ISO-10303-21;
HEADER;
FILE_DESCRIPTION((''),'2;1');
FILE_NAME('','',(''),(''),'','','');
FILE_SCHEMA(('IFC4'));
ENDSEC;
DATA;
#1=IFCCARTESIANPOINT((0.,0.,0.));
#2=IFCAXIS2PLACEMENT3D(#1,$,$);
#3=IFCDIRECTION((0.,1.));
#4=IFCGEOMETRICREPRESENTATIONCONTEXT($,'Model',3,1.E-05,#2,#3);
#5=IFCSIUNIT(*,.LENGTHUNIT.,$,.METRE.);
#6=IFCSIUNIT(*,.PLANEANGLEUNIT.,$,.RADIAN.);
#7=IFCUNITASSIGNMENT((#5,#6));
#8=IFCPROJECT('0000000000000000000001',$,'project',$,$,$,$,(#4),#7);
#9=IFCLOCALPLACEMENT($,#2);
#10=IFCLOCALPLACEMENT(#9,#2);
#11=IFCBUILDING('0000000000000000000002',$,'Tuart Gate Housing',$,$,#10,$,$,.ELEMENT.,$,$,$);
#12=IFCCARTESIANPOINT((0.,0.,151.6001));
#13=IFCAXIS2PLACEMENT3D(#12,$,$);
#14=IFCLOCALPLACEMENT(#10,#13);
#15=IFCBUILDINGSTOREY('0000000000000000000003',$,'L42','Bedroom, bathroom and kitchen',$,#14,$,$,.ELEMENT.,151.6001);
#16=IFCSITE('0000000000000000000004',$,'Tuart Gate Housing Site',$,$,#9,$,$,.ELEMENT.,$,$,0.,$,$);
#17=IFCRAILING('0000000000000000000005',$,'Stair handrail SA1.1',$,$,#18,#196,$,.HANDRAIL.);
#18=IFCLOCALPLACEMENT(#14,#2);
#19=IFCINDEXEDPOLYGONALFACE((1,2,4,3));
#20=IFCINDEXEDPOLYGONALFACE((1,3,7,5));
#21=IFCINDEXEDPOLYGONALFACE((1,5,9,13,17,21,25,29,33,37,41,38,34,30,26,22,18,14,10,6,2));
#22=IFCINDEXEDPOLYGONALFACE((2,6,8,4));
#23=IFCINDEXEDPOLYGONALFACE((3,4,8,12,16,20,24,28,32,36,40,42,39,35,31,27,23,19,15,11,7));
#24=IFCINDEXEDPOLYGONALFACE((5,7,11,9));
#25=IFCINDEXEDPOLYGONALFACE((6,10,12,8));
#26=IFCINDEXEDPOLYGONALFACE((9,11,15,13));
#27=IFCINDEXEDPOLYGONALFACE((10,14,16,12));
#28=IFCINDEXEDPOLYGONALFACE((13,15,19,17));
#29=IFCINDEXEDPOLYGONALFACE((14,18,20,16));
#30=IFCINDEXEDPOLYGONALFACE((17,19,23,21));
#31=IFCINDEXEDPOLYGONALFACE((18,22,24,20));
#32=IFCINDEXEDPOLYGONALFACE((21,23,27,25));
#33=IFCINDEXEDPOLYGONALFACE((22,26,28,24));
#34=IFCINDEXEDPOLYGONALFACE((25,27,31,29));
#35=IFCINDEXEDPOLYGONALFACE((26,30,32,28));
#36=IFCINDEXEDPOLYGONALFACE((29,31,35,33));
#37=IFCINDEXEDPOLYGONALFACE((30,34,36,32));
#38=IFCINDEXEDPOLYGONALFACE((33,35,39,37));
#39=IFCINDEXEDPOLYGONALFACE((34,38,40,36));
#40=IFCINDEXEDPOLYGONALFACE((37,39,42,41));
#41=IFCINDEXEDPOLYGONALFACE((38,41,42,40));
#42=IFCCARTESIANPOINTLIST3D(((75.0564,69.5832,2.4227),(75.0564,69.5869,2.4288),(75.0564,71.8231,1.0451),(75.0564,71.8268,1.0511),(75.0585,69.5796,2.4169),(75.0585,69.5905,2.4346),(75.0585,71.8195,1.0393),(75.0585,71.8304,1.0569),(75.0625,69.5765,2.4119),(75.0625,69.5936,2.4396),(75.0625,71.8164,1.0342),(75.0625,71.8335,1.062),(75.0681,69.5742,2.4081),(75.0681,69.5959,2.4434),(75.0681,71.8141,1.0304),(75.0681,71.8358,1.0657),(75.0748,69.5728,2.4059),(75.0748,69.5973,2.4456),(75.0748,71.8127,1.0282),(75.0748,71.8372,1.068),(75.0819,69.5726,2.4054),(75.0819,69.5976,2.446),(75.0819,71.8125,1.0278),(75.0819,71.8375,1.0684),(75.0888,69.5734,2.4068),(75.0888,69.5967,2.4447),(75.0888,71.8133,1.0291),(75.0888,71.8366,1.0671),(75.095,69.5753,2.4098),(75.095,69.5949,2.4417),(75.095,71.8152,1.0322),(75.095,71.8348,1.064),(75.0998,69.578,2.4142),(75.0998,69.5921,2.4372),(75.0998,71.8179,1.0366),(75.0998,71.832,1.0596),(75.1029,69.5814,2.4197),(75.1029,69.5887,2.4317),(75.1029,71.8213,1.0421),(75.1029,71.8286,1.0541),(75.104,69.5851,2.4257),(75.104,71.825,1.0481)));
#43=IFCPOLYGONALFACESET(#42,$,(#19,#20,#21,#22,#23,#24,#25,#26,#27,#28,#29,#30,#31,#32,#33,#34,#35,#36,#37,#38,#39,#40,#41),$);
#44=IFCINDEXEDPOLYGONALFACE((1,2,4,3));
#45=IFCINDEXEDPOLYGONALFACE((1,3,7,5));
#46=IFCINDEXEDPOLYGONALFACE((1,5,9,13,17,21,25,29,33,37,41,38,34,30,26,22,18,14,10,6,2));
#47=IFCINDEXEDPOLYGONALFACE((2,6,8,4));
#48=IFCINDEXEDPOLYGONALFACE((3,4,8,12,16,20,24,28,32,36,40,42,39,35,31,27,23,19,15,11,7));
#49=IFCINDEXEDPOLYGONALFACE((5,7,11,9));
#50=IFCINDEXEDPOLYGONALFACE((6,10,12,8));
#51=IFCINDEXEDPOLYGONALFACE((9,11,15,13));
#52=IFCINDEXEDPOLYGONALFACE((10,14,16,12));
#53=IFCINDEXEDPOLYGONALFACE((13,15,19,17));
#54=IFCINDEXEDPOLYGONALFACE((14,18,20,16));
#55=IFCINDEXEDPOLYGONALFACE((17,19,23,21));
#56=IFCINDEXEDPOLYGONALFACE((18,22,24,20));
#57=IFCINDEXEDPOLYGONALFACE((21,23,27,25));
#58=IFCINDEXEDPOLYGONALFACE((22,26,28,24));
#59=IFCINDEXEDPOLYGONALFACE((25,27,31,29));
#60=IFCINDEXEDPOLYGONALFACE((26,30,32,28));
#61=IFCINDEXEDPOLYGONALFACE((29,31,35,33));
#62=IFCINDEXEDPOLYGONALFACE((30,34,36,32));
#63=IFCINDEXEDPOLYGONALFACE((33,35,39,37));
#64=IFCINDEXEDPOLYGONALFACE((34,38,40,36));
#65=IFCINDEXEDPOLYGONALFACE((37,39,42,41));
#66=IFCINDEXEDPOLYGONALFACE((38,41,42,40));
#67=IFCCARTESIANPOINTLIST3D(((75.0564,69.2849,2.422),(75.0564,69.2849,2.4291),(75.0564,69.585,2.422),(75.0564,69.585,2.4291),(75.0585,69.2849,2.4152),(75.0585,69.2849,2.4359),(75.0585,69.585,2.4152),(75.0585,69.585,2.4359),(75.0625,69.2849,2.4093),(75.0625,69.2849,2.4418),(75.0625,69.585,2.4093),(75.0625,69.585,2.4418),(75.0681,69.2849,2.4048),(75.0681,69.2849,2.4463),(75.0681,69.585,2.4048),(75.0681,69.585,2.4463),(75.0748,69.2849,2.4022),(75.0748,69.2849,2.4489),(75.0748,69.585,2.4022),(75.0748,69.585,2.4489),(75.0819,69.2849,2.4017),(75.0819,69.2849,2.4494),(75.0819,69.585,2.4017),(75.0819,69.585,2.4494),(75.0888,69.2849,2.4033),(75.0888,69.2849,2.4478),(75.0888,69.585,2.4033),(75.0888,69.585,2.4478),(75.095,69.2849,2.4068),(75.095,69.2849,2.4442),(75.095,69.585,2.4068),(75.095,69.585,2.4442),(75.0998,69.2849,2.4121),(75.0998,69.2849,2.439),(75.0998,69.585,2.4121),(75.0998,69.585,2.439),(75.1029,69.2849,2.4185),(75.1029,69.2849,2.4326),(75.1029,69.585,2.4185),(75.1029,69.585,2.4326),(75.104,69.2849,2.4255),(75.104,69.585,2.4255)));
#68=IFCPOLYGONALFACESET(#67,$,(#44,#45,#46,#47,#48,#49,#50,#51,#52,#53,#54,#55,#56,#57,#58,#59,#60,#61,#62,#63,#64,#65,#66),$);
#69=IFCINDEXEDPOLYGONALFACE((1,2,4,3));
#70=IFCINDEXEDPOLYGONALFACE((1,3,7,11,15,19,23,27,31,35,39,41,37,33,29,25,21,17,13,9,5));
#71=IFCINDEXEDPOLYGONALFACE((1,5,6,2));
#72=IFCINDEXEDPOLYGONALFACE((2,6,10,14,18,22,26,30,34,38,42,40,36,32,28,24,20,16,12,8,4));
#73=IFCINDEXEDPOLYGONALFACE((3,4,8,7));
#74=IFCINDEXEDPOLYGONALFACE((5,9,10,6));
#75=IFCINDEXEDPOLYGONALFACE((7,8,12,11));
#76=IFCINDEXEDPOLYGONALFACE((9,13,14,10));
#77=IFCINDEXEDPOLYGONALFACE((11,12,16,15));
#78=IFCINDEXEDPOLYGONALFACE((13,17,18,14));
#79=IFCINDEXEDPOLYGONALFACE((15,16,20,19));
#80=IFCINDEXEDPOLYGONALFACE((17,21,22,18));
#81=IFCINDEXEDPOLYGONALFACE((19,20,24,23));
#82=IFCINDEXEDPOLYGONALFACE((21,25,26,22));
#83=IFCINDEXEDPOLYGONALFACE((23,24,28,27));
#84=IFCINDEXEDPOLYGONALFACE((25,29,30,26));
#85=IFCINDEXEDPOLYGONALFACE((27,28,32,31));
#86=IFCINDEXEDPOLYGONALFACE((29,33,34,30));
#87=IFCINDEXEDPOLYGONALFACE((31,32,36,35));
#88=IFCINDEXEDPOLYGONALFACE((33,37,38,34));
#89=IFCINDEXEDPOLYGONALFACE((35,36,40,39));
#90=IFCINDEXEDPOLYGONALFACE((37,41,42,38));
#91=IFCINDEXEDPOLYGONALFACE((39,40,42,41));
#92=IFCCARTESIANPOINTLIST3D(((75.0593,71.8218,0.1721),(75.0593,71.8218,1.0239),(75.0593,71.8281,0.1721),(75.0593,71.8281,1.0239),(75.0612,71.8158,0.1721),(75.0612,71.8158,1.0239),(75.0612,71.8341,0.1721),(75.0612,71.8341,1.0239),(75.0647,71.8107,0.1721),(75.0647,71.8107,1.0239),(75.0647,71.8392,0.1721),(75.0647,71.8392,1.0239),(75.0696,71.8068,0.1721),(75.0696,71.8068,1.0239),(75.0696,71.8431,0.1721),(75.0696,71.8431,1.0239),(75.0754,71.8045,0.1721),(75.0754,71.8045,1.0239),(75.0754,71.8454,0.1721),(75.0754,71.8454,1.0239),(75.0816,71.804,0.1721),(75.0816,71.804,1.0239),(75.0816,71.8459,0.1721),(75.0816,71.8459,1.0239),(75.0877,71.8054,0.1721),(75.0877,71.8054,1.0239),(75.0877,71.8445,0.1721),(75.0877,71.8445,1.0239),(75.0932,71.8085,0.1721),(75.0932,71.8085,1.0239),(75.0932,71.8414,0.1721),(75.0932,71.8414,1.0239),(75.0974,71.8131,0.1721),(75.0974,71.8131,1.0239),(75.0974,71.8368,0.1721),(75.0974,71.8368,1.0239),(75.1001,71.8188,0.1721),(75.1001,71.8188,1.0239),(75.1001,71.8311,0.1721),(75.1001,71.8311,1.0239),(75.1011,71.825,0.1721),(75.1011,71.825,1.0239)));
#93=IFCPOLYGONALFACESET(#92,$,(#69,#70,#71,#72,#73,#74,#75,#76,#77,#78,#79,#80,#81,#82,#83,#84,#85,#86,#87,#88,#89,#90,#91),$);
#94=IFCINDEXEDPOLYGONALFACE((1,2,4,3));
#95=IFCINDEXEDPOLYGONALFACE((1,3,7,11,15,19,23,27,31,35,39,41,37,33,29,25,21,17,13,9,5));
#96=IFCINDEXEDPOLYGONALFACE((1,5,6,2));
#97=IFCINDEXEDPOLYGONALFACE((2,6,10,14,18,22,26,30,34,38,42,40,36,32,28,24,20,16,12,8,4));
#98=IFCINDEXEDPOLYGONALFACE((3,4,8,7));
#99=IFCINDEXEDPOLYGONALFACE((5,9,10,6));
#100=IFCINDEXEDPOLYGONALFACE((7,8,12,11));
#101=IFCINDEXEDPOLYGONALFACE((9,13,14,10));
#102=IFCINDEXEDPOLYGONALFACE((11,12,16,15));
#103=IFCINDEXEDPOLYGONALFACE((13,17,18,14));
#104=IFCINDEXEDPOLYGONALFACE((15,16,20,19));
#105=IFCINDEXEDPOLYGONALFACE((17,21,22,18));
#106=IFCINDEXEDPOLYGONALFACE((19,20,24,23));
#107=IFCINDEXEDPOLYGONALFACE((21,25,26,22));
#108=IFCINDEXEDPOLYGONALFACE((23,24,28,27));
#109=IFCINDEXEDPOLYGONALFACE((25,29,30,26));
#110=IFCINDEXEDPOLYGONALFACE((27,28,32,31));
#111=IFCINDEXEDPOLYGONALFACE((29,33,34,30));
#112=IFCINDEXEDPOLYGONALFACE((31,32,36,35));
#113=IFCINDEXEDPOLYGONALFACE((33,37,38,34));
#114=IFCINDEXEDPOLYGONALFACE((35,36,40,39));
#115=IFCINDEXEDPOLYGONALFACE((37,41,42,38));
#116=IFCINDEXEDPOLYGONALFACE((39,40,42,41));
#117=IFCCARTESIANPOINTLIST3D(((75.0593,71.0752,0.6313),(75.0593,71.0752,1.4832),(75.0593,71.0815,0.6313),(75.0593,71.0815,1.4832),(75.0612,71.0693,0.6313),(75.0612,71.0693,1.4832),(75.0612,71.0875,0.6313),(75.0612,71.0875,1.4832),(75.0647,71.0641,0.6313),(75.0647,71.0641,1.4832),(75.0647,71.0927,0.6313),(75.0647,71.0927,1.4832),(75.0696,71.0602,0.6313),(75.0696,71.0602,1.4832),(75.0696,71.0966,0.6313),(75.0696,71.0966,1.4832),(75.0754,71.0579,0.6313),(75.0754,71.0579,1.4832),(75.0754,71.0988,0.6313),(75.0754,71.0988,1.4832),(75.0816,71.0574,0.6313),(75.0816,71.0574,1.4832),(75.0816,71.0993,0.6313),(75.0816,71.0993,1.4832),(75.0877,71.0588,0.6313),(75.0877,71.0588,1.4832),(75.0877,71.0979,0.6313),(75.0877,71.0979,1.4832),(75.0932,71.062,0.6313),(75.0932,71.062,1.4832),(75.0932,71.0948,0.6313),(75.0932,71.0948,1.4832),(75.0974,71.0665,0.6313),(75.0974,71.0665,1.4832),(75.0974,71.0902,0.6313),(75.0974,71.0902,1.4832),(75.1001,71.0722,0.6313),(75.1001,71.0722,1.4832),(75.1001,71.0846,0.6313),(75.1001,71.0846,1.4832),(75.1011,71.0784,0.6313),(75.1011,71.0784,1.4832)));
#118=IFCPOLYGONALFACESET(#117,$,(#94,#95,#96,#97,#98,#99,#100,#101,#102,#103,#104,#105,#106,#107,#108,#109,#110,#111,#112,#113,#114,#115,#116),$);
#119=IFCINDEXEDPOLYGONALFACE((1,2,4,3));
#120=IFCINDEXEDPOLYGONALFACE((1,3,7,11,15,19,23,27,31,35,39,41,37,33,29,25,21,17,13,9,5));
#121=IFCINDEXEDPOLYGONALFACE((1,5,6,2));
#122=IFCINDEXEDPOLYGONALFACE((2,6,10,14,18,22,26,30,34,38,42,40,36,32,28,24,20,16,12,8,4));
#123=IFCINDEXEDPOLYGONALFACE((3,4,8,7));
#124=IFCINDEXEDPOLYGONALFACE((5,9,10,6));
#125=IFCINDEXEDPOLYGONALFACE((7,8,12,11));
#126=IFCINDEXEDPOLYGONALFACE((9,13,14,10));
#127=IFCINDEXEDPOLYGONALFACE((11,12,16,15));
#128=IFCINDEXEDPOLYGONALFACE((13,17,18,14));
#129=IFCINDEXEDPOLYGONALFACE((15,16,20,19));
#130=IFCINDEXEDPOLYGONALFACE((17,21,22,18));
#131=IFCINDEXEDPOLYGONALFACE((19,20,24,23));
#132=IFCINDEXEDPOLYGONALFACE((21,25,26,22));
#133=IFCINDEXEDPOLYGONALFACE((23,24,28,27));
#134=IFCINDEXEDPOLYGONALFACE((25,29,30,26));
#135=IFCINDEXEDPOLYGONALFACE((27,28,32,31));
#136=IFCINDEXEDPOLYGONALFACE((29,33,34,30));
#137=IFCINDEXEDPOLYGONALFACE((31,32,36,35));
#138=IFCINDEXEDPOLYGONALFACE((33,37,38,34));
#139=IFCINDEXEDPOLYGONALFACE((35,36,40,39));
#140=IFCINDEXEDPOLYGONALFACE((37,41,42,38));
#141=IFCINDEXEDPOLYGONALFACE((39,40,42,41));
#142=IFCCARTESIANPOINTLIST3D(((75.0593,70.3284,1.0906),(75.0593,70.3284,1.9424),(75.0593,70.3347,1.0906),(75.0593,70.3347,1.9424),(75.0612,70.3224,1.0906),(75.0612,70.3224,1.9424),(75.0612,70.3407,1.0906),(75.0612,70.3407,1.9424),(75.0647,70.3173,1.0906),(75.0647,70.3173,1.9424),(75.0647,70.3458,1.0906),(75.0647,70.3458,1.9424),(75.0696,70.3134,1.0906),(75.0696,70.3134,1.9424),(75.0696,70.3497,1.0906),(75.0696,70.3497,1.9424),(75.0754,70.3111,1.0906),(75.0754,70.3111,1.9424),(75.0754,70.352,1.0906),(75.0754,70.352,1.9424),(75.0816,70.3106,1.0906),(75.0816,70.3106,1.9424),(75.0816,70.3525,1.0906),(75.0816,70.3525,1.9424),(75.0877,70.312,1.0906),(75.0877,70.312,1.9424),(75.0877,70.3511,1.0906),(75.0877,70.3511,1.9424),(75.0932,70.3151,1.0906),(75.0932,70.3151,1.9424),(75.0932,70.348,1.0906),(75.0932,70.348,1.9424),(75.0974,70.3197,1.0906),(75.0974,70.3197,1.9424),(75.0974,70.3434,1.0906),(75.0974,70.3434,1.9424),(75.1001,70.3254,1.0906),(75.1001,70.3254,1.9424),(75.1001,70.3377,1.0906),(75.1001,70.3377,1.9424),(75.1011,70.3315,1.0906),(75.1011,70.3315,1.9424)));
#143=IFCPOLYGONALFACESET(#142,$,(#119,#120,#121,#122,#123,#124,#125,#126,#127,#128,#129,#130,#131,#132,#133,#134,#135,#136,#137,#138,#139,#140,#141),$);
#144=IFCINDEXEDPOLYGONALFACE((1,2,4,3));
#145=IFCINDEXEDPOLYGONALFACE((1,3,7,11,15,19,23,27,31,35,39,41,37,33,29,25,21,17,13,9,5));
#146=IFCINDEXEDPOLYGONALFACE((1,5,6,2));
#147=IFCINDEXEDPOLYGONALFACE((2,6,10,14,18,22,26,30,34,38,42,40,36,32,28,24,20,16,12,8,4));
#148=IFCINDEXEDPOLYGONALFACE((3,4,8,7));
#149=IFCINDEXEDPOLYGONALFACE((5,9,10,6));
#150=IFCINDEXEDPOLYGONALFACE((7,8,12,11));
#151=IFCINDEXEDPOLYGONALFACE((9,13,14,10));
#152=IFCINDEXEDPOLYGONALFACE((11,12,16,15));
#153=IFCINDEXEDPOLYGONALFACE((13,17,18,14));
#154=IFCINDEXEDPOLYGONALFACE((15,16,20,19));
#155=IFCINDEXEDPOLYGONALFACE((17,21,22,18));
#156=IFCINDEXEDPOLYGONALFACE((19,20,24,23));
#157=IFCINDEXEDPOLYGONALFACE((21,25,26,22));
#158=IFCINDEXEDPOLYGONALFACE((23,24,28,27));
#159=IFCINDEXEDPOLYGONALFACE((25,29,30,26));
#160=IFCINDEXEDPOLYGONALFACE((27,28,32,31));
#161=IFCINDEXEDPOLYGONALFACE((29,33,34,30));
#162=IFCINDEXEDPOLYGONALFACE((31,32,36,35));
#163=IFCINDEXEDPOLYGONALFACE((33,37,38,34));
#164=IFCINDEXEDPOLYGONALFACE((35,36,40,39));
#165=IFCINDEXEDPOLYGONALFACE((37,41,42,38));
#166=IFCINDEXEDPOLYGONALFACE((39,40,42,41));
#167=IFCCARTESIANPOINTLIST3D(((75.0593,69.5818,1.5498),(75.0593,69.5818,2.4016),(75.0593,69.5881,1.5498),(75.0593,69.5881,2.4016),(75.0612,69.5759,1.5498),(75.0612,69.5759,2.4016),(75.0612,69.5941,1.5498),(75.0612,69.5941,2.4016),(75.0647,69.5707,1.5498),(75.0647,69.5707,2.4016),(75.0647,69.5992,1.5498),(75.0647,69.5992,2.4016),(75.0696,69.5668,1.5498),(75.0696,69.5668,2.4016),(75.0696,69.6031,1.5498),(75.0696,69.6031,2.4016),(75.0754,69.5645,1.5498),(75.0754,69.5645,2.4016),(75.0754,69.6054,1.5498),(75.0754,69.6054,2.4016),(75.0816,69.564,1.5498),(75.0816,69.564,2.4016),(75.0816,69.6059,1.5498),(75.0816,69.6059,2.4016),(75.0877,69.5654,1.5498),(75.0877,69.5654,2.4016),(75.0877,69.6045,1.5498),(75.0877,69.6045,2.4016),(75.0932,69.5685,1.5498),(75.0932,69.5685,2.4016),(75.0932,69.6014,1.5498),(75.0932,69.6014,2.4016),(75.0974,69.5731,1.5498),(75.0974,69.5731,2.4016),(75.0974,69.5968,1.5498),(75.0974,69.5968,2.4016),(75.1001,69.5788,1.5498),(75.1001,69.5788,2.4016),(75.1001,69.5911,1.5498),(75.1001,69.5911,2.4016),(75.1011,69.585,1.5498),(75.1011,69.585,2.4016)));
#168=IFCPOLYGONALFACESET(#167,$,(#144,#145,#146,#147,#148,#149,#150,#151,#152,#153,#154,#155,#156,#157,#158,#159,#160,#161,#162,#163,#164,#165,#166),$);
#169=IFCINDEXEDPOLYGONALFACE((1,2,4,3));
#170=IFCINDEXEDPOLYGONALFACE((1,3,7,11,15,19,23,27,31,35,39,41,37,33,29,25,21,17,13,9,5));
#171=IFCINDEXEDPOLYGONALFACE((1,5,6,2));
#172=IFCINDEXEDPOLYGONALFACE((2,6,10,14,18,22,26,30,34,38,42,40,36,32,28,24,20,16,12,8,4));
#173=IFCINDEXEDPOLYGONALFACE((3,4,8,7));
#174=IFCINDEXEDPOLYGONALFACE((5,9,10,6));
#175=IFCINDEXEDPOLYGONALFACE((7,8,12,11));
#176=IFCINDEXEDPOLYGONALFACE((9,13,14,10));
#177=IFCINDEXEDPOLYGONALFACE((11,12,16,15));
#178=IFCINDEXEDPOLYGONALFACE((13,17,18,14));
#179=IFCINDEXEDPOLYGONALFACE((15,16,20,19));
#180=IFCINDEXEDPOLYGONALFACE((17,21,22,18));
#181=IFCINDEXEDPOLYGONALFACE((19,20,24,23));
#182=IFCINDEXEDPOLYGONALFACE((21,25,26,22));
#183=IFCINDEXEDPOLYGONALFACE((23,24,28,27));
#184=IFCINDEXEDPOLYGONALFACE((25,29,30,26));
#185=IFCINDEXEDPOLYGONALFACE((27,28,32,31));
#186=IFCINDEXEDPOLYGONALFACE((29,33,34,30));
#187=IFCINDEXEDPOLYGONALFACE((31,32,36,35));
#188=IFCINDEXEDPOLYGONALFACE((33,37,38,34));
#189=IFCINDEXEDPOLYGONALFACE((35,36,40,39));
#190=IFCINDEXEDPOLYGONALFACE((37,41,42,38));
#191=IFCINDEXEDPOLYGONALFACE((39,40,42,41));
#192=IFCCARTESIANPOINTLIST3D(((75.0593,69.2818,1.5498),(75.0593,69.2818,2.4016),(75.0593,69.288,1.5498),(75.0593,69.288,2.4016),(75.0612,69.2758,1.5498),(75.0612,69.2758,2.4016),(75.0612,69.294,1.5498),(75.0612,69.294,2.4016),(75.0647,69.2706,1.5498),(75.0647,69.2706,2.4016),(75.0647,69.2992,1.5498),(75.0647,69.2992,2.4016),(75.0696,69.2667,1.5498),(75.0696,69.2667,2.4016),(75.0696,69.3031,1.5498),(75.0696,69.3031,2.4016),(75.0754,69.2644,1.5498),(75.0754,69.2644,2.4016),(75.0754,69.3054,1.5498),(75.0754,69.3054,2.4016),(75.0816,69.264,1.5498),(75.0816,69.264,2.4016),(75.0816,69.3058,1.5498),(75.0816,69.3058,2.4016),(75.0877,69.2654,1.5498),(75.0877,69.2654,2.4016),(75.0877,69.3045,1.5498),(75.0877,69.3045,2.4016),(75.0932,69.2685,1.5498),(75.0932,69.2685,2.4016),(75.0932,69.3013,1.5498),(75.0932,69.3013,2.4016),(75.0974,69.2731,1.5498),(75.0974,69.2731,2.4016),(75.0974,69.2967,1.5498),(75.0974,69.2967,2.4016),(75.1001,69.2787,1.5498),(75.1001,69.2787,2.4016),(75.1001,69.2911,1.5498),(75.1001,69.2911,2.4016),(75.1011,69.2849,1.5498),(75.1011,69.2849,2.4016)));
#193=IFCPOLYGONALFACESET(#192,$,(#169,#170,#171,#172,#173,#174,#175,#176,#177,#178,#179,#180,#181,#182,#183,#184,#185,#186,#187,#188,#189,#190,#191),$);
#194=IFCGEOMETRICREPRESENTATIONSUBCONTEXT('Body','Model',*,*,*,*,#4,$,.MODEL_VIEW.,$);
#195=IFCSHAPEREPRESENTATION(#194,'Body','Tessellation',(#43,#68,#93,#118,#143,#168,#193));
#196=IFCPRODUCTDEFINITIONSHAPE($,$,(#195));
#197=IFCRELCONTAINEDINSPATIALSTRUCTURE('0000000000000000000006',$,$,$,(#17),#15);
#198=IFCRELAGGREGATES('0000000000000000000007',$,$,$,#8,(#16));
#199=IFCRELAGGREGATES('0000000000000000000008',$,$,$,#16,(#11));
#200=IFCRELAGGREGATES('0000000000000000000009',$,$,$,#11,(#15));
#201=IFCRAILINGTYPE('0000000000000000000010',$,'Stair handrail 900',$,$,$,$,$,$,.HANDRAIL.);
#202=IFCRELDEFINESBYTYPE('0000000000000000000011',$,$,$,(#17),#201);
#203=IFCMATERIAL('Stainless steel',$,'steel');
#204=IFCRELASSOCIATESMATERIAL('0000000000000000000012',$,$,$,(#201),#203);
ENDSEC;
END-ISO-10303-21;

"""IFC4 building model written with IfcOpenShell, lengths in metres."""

from ifc_helpers import new_model, si_unit, direction, frame, origin, origin_2d, place, context, subcontext, project, spatial, circle, extrude, material, type_object, element, save


model = new_model("IFC4")

# Units and contexts
model_context = context("Model", 3, precision=1e-05, world=origin(), true_north=direction((0.0, 1.0)))
body_context = subcontext(model_context, "Body", "Model", "MODEL_VIEW")
ifc_project = project(units=[si_unit("LENGTHUNIT", "METRE"), si_unit("PLANEANGLEUNIT", "RADIAN")], contexts=[model_context])

# Site, building, storey
site_placement = place(None, origin())
site = spatial("IfcSite", under=ifc_project, at=site_placement, Name="Tuart Gate Housing Site", CompositionType="ELEMENT", RefElevation=0.0)
building_placement = place(site_placement, origin())
building = spatial("IfcBuilding", under=site, at=building_placement, Name="Tuart Gate Housing", CompositionType="ELEMENT")
storey_placement = place(building_placement, frame((0.0, 0.0, 151.6001)))
storey = spatial("IfcBuildingStorey", under=building, at=storey_placement, Name="L42", Description="Bedroom, bathroom and kitchen", CompositionType="ELEMENT", Elevation=151.6001)

# Railing
ifc_material_1 = material(Name="Stainless steel", Category="steel")
railing_type = type_object("IfcRailingType", Name="Stair handrail 900", PredefinedType="HANDRAIL", material=ifc_material_1)
railing_placement = place(storey_placement, frame((75.0801, 71.825, 0.1721)))
element("IfcRailing", 1, at=railing_placement, inside=storey, type_object=railing_type, Name="Stair handrail SA1.1", PredefinedType="HANDRAIL", context=body_context, shape_type="SweptSolid", body=[
    extrude(circle(Radius=0.0239, at=origin_2d()), frame((0.0, 0.0, 0.876), z_axis=(0.0, -0.851789, 0.523885), x_axis=(1.0, 0.0, 0.0)), (0.0, 0.0, 1.0), 2.6296),
    extrude(circle(Radius=0.0239, at=origin_2d()), frame((0.0, -2.24, 2.2534), z_axis=(0.0, -1.0, 0.0), x_axis=(1.0, 0.0, 0.0)), (0.0, 0.0, 1.0), 0.3),
    extrude(circle(Radius=0.021, at=origin_2d()), origin(), (0.0, 0.0, 1.0), 0.8518),
    extrude(circle(Radius=0.021, at=origin_2d()), frame((0.0, -0.7466, 0.4592)), (0.0, 0.0, 1.0), 0.8518),
    extrude(circle(Radius=0.021, at=origin_2d()), frame((0.0, -1.4934, 0.9185)), (0.0, 0.0, 1.0), 0.8518),
    extrude(circle(Radius=0.021, at=origin_2d()), frame((0.0, -2.24, 1.3777)), (0.0, 0.0, 1.0), 0.8518),
    extrude(circle(Radius=0.021, at=origin_2d()), frame((0.0, -2.54, 1.3777)), (0.0, 0.0, 1.0), 0.8518),
])

save(model, "model.ifc")
